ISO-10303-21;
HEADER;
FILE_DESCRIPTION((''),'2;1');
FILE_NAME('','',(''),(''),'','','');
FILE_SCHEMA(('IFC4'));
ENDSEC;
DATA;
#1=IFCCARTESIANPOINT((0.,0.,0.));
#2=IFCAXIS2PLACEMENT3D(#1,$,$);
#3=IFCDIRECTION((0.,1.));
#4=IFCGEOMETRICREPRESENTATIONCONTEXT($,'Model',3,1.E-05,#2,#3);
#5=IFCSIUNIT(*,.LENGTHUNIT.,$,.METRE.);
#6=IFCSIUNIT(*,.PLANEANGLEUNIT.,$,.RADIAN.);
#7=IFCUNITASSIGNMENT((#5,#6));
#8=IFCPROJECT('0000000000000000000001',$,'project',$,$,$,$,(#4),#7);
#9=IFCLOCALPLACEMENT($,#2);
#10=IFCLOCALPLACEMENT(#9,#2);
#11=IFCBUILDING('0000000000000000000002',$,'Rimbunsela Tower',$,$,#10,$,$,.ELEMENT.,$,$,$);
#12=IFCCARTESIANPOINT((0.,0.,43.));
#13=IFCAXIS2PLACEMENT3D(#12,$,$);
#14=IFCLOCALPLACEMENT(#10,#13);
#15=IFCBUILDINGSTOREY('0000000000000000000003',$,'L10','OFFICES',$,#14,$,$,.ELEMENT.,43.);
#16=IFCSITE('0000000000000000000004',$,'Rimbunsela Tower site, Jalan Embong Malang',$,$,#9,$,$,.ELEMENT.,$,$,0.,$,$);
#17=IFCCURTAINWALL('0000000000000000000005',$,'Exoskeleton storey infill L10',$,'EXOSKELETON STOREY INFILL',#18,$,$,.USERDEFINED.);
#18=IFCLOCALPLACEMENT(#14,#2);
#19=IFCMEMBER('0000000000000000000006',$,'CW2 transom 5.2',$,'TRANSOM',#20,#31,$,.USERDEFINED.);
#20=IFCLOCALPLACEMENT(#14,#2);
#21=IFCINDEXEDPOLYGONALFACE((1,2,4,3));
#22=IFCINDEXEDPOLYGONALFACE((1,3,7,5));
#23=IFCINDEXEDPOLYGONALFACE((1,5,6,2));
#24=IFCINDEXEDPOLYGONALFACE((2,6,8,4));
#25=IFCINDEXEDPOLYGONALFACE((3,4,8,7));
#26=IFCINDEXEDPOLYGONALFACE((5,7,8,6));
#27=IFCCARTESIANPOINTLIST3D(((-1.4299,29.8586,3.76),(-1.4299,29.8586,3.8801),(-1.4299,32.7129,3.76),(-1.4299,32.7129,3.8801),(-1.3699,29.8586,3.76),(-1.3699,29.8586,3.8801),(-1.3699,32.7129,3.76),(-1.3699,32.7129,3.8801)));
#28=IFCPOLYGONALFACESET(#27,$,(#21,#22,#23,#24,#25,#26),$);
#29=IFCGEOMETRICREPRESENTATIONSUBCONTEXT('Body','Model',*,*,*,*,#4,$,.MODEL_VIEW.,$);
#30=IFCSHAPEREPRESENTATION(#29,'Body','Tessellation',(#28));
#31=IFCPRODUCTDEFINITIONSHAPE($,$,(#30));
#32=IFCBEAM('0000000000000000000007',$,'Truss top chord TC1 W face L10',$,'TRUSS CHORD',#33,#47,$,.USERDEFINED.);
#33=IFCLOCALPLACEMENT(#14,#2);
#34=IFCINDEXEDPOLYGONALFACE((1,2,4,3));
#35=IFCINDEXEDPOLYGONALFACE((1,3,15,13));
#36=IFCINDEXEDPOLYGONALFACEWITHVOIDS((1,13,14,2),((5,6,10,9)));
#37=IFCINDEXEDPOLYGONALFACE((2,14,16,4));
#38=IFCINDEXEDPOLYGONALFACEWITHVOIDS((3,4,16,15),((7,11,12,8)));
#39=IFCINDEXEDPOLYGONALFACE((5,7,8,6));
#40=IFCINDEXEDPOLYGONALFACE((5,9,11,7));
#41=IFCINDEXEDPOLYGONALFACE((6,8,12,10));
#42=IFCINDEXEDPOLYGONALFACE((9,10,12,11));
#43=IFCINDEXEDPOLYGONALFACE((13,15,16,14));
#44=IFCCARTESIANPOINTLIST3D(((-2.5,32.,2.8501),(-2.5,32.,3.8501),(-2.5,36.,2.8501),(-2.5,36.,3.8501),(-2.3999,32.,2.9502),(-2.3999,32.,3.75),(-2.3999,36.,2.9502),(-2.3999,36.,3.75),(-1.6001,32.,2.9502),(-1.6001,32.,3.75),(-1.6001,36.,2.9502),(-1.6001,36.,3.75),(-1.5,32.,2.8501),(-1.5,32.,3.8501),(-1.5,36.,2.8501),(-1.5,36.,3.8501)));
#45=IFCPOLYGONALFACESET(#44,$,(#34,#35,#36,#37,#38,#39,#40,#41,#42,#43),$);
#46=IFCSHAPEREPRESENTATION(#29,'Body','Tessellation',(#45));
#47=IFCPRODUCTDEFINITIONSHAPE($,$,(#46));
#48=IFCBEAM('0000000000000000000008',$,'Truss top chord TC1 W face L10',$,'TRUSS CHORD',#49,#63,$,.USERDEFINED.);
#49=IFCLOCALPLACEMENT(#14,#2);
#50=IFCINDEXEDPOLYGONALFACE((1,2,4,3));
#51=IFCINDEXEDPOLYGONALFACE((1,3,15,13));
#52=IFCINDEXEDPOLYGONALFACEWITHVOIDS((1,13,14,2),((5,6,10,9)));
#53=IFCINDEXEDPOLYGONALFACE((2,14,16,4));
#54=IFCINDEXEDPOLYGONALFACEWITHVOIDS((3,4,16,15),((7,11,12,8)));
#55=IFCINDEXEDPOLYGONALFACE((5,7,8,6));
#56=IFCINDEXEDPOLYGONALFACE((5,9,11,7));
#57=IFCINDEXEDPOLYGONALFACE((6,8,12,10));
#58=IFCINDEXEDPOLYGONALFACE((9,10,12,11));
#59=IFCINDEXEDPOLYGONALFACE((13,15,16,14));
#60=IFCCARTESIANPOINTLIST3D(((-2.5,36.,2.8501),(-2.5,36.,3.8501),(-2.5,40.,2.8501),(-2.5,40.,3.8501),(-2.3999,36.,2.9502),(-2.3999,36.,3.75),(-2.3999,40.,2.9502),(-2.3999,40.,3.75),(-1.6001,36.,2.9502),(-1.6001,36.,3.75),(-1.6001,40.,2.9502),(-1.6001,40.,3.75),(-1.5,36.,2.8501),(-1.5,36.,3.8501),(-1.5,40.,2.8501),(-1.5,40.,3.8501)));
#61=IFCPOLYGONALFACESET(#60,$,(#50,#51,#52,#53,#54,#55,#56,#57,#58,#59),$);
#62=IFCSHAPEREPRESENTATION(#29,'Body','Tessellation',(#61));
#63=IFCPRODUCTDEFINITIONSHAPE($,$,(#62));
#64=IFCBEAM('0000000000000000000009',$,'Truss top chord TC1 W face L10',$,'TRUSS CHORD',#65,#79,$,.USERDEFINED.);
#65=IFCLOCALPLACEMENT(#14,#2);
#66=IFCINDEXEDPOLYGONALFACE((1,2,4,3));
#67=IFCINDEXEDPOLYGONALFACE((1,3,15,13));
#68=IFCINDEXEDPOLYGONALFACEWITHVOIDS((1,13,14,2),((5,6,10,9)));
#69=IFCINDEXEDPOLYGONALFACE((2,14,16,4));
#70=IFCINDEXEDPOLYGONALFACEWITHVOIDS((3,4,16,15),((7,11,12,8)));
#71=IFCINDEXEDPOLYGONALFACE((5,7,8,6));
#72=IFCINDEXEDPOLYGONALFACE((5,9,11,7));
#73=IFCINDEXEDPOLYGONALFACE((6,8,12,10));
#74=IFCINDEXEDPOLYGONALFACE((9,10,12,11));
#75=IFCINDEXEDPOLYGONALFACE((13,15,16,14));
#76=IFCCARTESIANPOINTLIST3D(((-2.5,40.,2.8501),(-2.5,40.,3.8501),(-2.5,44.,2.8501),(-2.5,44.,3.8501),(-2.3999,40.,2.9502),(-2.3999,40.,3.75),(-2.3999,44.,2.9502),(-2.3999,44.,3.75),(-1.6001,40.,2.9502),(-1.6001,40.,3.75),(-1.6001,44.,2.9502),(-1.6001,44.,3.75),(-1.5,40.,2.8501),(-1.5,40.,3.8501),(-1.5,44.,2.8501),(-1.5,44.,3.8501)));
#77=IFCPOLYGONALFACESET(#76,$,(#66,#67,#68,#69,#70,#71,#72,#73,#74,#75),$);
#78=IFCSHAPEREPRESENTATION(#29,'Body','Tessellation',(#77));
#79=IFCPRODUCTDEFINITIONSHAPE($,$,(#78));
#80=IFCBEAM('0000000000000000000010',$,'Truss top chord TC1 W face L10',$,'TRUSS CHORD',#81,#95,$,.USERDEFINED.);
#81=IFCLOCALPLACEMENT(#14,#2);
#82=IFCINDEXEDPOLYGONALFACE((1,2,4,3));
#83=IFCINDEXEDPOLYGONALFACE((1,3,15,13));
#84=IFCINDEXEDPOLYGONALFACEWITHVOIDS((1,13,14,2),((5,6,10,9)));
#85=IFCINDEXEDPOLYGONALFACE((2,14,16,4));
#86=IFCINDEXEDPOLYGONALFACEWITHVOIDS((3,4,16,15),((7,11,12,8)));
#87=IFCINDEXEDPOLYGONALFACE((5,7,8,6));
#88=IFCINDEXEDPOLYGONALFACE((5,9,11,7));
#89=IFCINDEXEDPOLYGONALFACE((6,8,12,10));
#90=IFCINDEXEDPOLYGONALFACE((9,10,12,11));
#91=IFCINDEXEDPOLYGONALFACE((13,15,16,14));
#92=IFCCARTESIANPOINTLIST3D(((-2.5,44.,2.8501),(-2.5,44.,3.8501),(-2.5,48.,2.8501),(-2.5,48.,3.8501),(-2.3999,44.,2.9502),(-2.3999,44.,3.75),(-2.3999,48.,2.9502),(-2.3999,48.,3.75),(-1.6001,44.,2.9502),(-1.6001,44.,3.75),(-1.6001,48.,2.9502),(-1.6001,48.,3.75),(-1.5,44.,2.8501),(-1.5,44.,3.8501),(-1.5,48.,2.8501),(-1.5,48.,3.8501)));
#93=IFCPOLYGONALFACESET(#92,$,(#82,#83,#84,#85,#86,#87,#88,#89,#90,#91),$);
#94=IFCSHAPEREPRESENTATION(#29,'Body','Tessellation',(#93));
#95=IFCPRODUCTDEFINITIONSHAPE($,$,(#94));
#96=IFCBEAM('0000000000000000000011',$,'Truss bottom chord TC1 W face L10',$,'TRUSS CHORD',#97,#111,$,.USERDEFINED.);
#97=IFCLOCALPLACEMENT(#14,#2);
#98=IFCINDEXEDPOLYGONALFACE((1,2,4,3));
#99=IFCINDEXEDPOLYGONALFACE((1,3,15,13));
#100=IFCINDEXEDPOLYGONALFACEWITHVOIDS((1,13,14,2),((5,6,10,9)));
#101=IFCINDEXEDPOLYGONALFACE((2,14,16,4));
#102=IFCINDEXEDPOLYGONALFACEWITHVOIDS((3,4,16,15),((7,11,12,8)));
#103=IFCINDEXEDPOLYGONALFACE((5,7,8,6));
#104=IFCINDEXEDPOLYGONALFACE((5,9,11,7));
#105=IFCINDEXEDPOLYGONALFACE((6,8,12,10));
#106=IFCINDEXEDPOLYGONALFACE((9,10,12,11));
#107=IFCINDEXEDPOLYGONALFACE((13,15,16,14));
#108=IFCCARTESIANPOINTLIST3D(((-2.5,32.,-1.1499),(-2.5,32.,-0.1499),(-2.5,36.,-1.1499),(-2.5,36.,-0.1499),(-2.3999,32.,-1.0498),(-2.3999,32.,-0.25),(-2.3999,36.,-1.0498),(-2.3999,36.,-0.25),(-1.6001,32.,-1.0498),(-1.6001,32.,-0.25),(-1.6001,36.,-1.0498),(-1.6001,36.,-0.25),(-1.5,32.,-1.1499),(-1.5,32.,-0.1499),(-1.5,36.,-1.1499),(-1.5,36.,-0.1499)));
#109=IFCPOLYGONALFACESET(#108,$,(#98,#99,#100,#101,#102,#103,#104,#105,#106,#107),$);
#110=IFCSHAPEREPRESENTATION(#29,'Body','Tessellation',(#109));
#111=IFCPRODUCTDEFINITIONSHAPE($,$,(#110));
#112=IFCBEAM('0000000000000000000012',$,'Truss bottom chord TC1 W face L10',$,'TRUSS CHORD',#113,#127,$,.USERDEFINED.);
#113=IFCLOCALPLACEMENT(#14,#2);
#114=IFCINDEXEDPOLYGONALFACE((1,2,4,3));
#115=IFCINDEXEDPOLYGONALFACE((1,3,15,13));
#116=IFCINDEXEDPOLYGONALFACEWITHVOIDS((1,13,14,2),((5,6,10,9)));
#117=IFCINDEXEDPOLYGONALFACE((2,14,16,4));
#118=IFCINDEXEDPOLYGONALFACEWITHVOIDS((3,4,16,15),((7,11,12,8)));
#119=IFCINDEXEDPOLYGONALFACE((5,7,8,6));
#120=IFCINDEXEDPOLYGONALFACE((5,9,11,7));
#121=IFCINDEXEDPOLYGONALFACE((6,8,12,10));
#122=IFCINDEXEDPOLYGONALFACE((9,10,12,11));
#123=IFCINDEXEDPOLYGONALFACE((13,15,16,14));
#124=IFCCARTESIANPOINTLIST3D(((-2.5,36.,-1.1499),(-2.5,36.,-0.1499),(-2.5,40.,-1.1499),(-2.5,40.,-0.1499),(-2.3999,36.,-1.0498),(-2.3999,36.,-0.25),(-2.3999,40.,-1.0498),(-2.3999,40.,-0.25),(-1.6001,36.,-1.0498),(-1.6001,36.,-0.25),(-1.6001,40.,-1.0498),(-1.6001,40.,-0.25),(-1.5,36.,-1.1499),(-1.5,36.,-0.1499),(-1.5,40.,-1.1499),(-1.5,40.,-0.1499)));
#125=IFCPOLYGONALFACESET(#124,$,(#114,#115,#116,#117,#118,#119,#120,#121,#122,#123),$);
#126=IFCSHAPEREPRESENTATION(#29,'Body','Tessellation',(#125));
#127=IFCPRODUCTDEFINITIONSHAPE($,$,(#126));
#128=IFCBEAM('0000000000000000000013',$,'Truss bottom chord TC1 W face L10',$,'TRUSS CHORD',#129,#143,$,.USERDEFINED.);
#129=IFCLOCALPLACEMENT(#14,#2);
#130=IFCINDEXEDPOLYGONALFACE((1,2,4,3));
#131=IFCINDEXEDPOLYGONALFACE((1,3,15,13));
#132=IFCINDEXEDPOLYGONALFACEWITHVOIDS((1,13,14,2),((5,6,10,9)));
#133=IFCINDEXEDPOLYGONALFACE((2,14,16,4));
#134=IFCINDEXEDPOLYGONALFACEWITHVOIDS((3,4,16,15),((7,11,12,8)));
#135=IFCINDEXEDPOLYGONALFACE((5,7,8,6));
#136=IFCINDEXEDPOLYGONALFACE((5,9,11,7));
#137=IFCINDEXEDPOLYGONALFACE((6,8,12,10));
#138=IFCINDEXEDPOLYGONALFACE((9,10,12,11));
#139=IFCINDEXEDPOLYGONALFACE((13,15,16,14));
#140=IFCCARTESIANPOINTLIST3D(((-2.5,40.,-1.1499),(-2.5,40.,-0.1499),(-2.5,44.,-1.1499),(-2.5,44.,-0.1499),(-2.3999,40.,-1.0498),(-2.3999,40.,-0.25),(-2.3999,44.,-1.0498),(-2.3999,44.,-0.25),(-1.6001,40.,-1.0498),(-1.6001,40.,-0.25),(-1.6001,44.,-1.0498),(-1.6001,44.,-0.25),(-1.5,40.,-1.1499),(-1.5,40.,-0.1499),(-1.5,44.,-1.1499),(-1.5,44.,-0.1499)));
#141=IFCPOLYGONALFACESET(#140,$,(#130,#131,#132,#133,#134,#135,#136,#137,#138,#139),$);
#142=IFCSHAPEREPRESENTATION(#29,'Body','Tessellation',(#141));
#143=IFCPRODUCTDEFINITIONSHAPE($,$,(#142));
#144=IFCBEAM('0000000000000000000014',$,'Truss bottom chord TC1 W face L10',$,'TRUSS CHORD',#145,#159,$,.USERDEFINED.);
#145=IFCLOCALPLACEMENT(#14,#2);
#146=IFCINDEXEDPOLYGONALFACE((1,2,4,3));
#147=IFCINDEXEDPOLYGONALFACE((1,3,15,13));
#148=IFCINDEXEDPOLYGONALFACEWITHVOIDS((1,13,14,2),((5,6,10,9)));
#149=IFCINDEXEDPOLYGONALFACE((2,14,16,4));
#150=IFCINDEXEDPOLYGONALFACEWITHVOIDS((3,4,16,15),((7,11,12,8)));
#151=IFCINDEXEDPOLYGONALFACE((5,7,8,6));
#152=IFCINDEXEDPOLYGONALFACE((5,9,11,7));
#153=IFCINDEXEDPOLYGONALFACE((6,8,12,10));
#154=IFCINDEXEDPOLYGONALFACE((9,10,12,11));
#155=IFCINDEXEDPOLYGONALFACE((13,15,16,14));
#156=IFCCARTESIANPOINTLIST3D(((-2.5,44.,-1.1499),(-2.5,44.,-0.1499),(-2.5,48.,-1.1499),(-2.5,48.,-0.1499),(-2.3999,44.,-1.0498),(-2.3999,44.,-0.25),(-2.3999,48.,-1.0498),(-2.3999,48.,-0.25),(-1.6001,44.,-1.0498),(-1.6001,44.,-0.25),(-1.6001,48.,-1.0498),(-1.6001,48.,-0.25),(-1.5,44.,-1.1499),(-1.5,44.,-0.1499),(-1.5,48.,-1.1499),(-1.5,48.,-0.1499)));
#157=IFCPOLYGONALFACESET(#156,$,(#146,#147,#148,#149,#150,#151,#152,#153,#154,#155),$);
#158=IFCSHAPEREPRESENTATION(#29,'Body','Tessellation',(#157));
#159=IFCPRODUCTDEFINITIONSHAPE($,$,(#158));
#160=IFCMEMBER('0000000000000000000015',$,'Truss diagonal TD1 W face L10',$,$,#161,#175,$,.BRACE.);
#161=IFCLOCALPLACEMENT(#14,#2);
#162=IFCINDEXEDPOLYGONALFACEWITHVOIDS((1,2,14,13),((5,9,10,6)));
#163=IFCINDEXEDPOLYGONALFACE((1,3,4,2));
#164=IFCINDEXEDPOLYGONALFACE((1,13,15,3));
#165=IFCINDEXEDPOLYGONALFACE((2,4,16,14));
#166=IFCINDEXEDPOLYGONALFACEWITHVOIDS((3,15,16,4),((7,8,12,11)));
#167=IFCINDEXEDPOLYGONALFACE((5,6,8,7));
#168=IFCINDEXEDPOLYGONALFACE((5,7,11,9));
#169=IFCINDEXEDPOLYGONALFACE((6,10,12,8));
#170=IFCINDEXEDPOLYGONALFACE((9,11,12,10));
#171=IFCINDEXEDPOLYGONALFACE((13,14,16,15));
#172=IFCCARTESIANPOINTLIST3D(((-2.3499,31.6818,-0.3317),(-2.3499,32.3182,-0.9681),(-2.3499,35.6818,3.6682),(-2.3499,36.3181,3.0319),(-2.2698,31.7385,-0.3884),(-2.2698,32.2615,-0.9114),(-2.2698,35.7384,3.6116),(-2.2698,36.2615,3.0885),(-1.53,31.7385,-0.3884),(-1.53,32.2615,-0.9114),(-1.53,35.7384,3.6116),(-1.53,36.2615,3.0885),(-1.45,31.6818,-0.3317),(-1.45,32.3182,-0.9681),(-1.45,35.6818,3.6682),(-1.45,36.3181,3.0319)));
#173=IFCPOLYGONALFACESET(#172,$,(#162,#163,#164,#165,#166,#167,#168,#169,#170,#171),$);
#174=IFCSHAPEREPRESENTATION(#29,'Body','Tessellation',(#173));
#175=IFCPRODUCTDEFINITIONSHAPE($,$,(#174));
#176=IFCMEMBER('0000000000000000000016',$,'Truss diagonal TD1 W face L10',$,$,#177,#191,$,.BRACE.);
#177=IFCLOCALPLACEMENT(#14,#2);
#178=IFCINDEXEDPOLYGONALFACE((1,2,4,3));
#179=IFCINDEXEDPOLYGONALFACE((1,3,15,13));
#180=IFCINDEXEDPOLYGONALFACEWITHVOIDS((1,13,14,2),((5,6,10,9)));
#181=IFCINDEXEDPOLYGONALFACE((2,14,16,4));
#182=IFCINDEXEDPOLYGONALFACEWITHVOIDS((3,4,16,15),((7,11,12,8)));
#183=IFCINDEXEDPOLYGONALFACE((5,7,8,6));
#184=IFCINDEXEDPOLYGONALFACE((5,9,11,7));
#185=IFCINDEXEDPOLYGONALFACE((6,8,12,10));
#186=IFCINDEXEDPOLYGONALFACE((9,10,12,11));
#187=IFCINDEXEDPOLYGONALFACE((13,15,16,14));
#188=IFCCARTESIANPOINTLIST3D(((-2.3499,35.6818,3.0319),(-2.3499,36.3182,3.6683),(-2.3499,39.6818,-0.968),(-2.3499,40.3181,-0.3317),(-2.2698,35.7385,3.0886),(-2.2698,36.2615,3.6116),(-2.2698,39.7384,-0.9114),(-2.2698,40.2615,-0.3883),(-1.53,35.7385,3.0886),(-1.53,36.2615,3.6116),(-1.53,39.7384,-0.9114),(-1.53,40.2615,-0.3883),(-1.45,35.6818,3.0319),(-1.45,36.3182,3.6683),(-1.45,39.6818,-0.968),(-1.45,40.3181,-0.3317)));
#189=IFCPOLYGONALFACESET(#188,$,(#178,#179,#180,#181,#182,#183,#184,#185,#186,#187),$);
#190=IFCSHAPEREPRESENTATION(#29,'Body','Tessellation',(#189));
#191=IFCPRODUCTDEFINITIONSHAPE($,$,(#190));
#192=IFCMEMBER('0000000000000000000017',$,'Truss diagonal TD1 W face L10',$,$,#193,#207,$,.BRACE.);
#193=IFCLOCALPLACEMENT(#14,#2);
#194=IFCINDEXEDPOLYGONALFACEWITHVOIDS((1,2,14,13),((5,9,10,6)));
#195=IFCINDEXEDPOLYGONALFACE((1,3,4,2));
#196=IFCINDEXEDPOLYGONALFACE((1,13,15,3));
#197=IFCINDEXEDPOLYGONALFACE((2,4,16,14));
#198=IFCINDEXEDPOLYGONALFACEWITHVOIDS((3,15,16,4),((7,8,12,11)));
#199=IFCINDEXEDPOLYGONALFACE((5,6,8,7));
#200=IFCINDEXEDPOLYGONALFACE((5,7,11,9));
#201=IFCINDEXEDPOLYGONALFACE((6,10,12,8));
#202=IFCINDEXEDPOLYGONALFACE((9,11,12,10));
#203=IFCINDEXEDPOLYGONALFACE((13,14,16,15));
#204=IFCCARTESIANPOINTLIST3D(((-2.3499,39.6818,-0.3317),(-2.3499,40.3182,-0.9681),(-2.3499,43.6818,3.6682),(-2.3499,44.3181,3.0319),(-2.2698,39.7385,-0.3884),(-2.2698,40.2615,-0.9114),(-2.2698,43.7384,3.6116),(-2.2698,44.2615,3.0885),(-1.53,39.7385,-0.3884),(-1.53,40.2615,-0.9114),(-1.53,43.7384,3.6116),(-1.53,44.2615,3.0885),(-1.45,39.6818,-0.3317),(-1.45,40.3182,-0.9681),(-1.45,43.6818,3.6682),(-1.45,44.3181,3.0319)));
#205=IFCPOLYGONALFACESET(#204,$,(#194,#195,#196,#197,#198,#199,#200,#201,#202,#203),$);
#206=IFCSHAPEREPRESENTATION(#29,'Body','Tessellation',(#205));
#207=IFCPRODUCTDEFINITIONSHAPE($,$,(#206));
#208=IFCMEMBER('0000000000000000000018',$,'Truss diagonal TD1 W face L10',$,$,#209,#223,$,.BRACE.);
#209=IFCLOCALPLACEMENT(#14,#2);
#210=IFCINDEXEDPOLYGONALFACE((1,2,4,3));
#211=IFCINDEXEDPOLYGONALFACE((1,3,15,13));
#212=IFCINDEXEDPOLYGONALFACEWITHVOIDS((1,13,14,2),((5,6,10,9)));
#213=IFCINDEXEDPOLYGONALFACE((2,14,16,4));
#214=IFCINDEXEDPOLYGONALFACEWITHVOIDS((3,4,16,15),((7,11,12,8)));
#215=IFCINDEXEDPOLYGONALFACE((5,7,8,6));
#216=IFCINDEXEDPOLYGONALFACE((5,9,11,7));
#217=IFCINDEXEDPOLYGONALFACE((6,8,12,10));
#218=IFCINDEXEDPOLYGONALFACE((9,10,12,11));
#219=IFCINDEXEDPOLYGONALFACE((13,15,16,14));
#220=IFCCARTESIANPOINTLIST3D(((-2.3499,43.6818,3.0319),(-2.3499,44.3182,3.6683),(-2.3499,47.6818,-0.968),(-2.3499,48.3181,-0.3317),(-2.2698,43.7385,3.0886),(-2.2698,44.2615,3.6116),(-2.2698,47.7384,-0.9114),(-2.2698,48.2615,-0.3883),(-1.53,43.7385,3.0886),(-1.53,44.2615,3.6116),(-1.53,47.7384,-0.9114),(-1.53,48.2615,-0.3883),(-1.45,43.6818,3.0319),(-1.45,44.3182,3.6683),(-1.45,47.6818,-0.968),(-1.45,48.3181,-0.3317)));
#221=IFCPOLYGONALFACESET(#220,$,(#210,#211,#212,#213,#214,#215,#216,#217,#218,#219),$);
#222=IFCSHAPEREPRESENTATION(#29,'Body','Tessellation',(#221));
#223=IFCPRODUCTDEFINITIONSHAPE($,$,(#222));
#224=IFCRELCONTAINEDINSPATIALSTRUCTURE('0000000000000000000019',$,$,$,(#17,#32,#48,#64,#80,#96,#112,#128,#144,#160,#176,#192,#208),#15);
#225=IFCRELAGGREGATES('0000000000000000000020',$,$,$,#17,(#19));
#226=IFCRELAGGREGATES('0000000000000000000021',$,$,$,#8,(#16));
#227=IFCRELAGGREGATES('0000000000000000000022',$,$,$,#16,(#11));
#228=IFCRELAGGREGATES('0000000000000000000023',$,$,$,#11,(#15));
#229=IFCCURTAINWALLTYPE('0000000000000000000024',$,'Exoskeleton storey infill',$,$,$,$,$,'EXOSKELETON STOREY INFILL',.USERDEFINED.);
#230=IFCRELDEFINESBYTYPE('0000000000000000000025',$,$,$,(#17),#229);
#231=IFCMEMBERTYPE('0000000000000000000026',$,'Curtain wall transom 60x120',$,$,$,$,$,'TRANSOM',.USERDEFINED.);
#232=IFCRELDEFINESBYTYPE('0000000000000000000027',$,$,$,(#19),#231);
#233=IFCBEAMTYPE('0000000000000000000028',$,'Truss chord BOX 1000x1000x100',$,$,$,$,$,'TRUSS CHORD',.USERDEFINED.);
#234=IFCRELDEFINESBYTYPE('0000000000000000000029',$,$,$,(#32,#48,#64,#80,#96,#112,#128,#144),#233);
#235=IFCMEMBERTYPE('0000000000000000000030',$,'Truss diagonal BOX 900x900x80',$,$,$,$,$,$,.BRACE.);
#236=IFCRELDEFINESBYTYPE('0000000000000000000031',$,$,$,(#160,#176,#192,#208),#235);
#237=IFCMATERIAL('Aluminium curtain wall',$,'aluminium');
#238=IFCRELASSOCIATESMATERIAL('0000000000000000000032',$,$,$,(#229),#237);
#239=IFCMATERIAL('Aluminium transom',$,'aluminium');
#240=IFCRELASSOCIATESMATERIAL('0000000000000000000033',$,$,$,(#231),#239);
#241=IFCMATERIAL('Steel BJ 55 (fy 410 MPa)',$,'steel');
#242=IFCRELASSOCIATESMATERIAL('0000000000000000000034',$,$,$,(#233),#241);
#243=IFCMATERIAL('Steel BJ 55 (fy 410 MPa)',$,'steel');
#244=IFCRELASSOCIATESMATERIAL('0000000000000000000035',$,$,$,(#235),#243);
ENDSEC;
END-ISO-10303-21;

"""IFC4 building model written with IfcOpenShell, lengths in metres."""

from ifc_helpers import new_model, si_unit, direction, frame, origin, origin_2d, place, context, subcontext, project, spatial, rectangle, hollow_rectangle, extrude, material, material_profile, profile_set, type_object, element, aggregate, save


model = new_model("IFC4")

# Units and contexts
model_context = context("Model", 3, precision=1e-05, world=origin(), true_north=direction((0.0, 1.0)))
body_context = subcontext(model_context, "Body", "Model", "MODEL_VIEW")
ifc_project = project(units=[si_unit("LENGTHUNIT", "METRE"), si_unit("PLANEANGLEUNIT", "RADIAN")], contexts=[model_context])

# Site, building, storey
site_placement = place(None, origin())
site = spatial("IfcSite", under=ifc_project, at=site_placement, Name="Rimbunsela Tower site, Jalan Embong Malang", CompositionType="ELEMENT", RefElevation=0.0)
building_placement = place(site_placement, origin())
building = spatial("IfcBuilding", under=site, at=building_placement, Name="Rimbunsela Tower", CompositionType="ELEMENT")
storey_placement = place(building_placement, frame((0.0, 0.0, 43.0)))
storey = spatial("IfcBuildingStorey", under=building, at=storey_placement, Name="L10", Description="OFFICES", CompositionType="ELEMENT", Elevation=43.0)

# Curtain wall, member
ifc_material_1 = material(Name="Aluminium curtain wall", Category="aluminium")
curtain_wall_type = type_object("IfcCurtainWallType", Name="Exoskeleton storey infill", ElementType="EXOSKELETON STOREY INFILL", PredefinedType="USERDEFINED", material=ifc_material_1)
curtain_wall_placement = place(storey_placement, origin())
curtain_wall = element("IfcCurtainWall", 1, at=curtain_wall_placement, inside=storey, type_object=curtain_wall_type, Name="Exoskeleton storey infill L10", ObjectType="EXOSKELETON STOREY INFILL", PredefinedType="USERDEFINED")
ifc_material_2 = material(Name="Aluminium transom", Category="aluminium")
ifc_material_profile_1 = material_profile(ifc_material_2, rectangle(XDim=0.0601, YDim=0.1201, at=origin_2d()), Name="Transom 60x120")
ifc_profile_set_1 = profile_set([ifc_material_profile_1], Name="Aluminium transom")
member_type_1 = type_object("IfcMemberType", Name="Curtain wall transom 60x120", ElementType="TRANSOM", PredefinedType="USERDEFINED", material=ifc_profile_set_1)
member_1_placement = place(storey_placement, frame((-1.3999, 32.7129, 3.8201), z_axis=(0.0, -1.0, 0.0), x_axis=(1.0, 0.0, 0.0)))
member_1 = element("IfcMember", 2, at=member_1_placement, type_object=member_type_1, Name="CW2 transom 5.2", ObjectType="TRANSOM", PredefinedType="USERDEFINED", context=body_context, shape_type="SweptSolid", body=[
    extrude(rectangle(XDim=0.0601, YDim=0.1201, at=origin_2d()), origin(), (0.0, 0.0, 1.0), 2.8542),
])

# Beams
ifc_material_3 = material(Name="Steel BJ 55 (fy 410 MPa)", Category="steel")
ifc_material_profile_2 = material_profile(ifc_material_3, hollow_rectangle(XDim=1.0, YDim=1.0, WallThickness=0.1001, at=origin_2d()), Name="BOX 1000x1000x100")
ifc_profile_set_2 = profile_set([ifc_material_profile_2], Name="Steel BJ 55 (fy 410 MPa)")
beam_type_1 = type_object("IfcBeamType", Name="Truss chord BOX 1000x1000x100", ElementType="TRUSS CHORD", PredefinedType="USERDEFINED", material=ifc_profile_set_2)
for number, where, z_axis, x_axis, name in (
    (3, (-2.0, 32.0, 3.3501), (0.0, 1.0, 0.0), (-1.0, 0.0, 0.0), "Truss top chord TC1 W face L10"),
    (4, (-2.0, 36.0, 3.3501), (0.0, 1.0, 0.0), (-1.0, 0.0, 0.0), "Truss top chord TC1 W face L10"),
    (5, (-2.0, 40.0, 3.3501), (0.0, 1.0, 0.0), (-1.0, 0.0, 0.0), "Truss top chord TC1 W face L10"),
    (6, (-2.0, 44.0, 3.3501), (0.0, 1.0, 0.0), (-1.0, 0.0, 0.0), "Truss top chord TC1 W face L10"),
    (7, (-2.0, 32.0, -0.6499), (0.0, 1.0, 0.0), (-1.0, 0.0, 0.0), "Truss bottom chord TC1 W face L10"),
    (8, (-2.0, 36.0, -0.6499), (0.0, 1.0, 0.0), (-1.0, 0.0, 0.0), "Truss bottom chord TC1 W face L10"),
    (9, (-2.0, 40.0, -0.6499), (0.0, 1.0, 0.0), (-1.0, 0.0, 0.0), "Truss bottom chord TC1 W face L10"),
    (10, (-2.0, 44.0, -0.6499), (0.0, 1.0, 0.0), (-1.0, 0.0, 0.0), "Truss bottom chord TC1 W face L10"),
):
    element("IfcBeam", number, at=place(storey_placement, frame(where, z_axis=z_axis, x_axis=x_axis)), inside=storey, type_object=beam_type_1, Name=name, ObjectType="TRUSS CHORD", PredefinedType="USERDEFINED", context=body_context, shape_type="SweptSolid", body=[
        extrude(hollow_rectangle(XDim=1.0, YDim=1.0, WallThickness=0.1001, at=origin_2d()), origin(), (0.0, 0.0, 1.0), 4.0),
    ])

# Members
ifc_material_4 = material(Name="Steel BJ 55 (fy 410 MPa)", Category="steel")
ifc_material_profile_3 = material_profile(ifc_material_4, hollow_rectangle(XDim=0.8999, YDim=0.8999, WallThickness=0.0801, at=origin_2d()), Name="BOX 900x900x80")
ifc_profile_set_3 = profile_set([ifc_material_profile_3], Name="Steel BJ 55 (fy 410 MPa)")
member_type_2 = type_object("IfcMemberType", Name="Truss diagonal BOX 900x900x80", PredefinedType="BRACE", material=ifc_profile_set_3)
for number, where, z_axis, x_axis, name in (
    (11, (-1.8999, 32.0, -0.6499), (0.0, 0.707107, 0.707107), (-1.0, 0.0, 0.0), "Truss diagonal TD1 W face L10"),
    (12, (-1.8999, 36.0, 3.3501), (0.0, 0.707107, -0.707107), (-1.0, 0.0, 0.0), "Truss diagonal TD1 W face L10"),
    (13, (-1.8999, 40.0, -0.6499), (0.0, 0.707107, 0.707107), (-1.0, 0.0, 0.0), "Truss diagonal TD1 W face L10"),
    (14, (-1.8999, 44.0, 3.3501), (0.0, 0.707107, -0.707107), (-1.0, 0.0, 0.0), "Truss diagonal TD1 W face L10"),
):
    element("IfcMember", number, at=place(storey_placement, frame(where, z_axis=z_axis, x_axis=x_axis)), inside=storey, type_object=member_type_2, Name=name, PredefinedType="BRACE", context=body_context, shape_type="SweptSolid", body=[
        extrude(hollow_rectangle(XDim=0.8999, YDim=0.8999, WallThickness=0.0801, at=origin_2d()), origin(), (0.0, 0.0, 1.0), 5.6567),
    ])

aggregate(curtain_wall, [member_1])

save(model, "model.ifc")
